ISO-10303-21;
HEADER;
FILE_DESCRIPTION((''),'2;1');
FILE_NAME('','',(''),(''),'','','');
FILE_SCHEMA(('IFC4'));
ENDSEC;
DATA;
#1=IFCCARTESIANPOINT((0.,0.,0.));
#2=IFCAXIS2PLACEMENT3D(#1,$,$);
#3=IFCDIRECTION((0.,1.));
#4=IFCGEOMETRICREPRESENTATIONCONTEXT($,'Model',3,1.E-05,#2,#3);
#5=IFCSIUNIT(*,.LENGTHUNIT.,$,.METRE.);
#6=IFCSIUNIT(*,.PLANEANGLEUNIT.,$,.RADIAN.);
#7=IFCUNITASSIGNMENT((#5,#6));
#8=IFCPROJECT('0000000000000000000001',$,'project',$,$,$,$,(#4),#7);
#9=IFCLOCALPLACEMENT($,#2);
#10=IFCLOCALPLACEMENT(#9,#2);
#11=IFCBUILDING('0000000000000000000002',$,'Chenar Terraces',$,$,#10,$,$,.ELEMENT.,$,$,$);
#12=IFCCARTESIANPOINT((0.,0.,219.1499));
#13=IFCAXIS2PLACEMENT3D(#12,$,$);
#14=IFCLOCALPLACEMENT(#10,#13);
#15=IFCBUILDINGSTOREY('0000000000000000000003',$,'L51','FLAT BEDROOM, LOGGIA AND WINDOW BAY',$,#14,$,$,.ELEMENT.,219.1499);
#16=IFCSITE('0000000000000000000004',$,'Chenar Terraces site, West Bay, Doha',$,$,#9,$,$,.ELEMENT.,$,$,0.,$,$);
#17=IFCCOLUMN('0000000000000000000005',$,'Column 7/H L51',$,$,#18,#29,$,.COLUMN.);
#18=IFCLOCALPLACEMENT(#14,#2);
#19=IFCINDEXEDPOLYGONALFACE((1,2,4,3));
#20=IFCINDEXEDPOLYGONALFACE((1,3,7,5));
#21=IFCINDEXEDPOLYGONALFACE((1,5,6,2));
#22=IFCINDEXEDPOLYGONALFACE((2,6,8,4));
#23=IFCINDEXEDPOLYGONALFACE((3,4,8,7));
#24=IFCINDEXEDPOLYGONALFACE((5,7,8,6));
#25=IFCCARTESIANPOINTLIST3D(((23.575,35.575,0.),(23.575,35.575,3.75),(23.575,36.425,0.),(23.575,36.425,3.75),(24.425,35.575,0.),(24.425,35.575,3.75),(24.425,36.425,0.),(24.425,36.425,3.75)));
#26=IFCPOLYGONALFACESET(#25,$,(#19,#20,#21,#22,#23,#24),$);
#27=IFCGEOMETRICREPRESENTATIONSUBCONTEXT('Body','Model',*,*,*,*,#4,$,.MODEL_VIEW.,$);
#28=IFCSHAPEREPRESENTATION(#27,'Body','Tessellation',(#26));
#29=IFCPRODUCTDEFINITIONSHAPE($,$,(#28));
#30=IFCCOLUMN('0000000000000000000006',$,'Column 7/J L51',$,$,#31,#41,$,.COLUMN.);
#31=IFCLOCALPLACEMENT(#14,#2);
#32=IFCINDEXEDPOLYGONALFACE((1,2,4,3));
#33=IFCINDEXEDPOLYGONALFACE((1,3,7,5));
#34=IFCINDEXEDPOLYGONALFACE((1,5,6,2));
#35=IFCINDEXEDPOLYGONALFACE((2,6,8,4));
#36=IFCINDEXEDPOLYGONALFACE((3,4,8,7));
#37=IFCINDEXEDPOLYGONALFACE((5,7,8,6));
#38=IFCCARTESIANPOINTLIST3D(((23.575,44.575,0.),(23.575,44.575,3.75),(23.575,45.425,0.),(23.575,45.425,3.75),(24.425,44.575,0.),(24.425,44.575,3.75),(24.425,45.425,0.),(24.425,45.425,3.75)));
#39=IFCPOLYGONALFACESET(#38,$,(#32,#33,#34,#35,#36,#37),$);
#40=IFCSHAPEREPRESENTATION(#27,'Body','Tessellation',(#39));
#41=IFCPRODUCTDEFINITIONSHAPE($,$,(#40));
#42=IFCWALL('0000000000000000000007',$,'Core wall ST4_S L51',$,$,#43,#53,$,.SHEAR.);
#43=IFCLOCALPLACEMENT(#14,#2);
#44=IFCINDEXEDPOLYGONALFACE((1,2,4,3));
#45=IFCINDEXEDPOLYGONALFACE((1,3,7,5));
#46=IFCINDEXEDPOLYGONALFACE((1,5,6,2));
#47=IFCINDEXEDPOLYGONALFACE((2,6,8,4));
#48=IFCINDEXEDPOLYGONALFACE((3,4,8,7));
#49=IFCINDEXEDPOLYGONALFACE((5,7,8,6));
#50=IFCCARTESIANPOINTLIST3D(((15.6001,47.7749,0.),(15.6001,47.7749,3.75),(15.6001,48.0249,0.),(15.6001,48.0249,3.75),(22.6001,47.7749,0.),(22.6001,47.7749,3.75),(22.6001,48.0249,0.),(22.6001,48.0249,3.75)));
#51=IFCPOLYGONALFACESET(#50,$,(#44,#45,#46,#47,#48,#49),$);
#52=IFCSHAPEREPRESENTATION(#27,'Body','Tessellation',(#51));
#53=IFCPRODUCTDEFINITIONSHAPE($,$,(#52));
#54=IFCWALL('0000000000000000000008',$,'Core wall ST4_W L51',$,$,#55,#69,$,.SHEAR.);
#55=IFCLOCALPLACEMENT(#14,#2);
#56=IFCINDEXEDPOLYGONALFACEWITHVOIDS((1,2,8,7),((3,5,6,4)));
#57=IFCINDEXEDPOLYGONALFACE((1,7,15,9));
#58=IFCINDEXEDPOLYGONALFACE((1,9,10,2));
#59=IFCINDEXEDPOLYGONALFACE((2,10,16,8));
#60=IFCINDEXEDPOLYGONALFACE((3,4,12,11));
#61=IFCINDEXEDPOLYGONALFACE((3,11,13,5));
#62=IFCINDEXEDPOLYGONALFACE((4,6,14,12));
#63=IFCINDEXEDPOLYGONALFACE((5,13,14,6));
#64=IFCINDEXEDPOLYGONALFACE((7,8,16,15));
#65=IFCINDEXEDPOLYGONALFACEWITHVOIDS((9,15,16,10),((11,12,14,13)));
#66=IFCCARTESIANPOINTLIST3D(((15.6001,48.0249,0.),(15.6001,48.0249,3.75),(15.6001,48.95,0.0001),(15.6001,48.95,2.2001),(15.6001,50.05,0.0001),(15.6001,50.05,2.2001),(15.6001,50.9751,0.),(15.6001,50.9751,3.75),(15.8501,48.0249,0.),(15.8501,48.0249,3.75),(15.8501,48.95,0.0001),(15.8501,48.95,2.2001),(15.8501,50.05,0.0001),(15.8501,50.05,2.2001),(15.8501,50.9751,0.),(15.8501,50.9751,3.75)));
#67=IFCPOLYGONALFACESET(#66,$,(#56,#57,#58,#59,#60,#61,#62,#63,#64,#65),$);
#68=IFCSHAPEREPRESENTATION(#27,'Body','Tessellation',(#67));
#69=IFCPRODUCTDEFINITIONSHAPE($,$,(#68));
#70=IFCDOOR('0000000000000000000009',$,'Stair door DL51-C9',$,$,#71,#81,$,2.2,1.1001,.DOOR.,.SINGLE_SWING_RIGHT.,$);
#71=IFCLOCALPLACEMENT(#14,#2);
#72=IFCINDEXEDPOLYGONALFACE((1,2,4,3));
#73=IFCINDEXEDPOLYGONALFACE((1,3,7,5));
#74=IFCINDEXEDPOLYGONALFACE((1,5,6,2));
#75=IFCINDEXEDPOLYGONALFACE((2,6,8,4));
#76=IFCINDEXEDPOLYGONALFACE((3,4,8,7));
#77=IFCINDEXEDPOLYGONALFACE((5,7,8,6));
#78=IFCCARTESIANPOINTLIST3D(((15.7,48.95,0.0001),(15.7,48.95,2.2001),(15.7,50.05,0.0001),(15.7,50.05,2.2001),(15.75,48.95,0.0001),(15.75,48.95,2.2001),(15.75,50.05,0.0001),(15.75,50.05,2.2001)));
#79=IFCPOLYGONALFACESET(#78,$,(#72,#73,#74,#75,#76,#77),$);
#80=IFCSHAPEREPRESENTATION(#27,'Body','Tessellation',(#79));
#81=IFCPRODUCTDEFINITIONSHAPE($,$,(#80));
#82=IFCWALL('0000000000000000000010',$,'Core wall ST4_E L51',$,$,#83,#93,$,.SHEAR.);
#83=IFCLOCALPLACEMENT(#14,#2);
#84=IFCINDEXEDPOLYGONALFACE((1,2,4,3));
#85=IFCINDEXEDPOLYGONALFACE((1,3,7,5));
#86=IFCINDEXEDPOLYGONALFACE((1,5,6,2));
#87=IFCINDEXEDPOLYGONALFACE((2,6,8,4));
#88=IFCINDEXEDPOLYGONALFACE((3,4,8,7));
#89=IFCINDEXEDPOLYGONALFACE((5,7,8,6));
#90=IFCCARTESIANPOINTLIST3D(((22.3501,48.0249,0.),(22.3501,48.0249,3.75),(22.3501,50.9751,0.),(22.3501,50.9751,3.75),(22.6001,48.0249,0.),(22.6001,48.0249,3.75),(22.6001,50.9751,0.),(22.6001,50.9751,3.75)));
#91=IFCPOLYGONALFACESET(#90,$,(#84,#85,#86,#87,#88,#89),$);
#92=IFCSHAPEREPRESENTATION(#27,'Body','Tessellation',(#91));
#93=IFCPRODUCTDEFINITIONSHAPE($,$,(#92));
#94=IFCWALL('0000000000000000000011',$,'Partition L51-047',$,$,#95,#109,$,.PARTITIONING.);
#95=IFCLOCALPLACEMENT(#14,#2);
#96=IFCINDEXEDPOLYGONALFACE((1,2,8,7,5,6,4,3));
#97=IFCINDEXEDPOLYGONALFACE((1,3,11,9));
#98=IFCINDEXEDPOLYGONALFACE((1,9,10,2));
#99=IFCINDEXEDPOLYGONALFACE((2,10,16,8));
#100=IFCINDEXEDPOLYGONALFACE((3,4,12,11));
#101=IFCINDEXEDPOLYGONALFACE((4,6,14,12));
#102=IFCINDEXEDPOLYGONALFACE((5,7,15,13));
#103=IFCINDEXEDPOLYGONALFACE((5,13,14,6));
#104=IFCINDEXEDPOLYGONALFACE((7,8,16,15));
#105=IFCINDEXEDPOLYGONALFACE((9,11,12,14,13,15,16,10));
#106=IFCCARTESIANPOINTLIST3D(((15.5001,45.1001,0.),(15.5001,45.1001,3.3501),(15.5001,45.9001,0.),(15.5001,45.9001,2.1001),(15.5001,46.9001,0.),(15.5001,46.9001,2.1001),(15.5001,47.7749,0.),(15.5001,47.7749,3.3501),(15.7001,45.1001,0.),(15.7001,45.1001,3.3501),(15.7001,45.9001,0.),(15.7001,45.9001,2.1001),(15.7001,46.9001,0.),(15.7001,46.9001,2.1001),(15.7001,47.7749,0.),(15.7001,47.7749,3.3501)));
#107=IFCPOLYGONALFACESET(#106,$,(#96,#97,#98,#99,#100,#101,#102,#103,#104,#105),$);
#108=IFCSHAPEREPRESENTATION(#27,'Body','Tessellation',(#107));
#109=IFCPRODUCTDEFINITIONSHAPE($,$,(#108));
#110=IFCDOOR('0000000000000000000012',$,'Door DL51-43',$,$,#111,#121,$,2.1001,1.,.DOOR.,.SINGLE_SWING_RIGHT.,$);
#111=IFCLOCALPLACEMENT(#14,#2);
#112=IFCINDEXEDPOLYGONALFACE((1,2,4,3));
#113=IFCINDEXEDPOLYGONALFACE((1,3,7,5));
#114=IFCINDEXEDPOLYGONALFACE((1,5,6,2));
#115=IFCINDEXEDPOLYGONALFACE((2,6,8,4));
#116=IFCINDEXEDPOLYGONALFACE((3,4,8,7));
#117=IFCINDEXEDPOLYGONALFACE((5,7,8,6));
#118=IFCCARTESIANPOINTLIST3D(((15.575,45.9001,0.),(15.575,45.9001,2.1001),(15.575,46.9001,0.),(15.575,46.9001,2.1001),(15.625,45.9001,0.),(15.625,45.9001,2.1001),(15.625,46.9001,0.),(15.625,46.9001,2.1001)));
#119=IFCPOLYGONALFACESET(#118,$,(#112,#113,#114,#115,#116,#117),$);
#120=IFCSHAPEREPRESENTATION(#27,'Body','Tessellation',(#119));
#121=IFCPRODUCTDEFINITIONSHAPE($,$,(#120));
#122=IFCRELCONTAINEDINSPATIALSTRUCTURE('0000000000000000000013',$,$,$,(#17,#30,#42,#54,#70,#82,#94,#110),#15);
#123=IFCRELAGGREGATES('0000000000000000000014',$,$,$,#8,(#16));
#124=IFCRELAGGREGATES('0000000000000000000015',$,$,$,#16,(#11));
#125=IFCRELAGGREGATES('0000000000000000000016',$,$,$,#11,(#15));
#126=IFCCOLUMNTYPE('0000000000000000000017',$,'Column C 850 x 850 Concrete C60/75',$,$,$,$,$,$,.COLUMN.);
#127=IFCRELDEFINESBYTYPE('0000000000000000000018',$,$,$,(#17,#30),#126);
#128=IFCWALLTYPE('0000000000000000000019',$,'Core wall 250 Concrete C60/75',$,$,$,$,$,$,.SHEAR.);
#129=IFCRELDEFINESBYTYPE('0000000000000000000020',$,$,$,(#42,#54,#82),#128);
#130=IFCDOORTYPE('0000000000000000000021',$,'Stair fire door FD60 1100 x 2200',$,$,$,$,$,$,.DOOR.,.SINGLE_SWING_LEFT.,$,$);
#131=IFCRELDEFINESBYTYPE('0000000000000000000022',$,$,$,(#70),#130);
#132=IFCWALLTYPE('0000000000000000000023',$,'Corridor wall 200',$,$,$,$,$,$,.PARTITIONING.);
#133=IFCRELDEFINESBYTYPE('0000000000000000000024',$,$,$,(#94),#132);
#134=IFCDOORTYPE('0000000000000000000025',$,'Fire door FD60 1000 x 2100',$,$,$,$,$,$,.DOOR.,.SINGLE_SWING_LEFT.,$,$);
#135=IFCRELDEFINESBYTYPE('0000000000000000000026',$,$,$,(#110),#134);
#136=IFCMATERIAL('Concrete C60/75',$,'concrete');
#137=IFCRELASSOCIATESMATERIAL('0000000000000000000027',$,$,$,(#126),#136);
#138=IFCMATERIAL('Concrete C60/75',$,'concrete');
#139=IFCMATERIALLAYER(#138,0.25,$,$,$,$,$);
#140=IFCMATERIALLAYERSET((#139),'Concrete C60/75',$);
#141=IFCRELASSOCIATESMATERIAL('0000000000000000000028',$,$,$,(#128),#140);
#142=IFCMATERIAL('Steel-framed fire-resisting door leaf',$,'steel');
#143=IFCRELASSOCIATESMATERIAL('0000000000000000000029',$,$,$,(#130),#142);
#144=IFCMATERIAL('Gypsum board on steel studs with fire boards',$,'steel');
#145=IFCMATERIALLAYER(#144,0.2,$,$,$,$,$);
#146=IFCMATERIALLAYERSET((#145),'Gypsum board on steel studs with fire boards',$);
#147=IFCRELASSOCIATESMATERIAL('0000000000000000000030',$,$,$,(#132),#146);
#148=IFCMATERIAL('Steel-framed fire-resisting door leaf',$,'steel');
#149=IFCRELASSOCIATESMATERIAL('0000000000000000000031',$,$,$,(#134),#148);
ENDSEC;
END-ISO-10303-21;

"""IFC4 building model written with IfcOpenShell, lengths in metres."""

from ifc_helpers import new_model, si_unit, direction, frame, frame_2d, origin, origin_2d, place, context, subcontext, project, spatial, rectangle, extrude, material, layer, layer_set, material_profile, profile_set, type_object, element, fill, save


model = new_model("IFC4")

# Units and contexts
model_context = context("Model", 3, precision=1e-05, world=origin(), true_north=direction((0.0, 1.0)))
body_context = subcontext(model_context, "Body", "Model", "MODEL_VIEW")
ifc_project = project(units=[si_unit("LENGTHUNIT", "METRE"), si_unit("PLANEANGLEUNIT", "RADIAN")], contexts=[model_context])

# Site, building, storey
site_placement = place(None, origin())
site = spatial("IfcSite", under=ifc_project, at=site_placement, Name="Chenar Terraces site, West Bay, Doha", CompositionType="ELEMENT", RefElevation=0.0)
building_placement = place(site_placement, origin())
building = spatial("IfcBuilding", under=site, at=building_placement, Name="Chenar Terraces", CompositionType="ELEMENT")
storey_placement = place(building_placement, frame((0.0, 0.0, 219.1499)))
storey = spatial("IfcBuildingStorey", under=building, at=storey_placement, Name="L51", Description="FLAT BEDROOM, LOGGIA AND WINDOW BAY", CompositionType="ELEMENT", Elevation=219.1499)

# Columns
ifc_material_1 = material(Name="Concrete C60/75", Category="concrete")
ifc_material_profile = material_profile(ifc_material_1, rectangle(XDim=0.8501, YDim=0.8501, at=origin_2d()), Name="C 850 x 850")
ifc_profile_set = profile_set([ifc_material_profile], Name="Concrete C60/75")
column_type = type_object("IfcColumnType", Name="Column C 850 x 850 Concrete C60/75", PredefinedType="COLUMN", material=ifc_profile_set)
for number, where, z_axis, x_axis, name in (
    (1, (24.0, 36.0, 0.0), (0.0, 0.0, 1.0), (1.0, 0.0, 0.0), "Column 7/H L51"),
    (2, (24.0, 45.0, 0.0), (0.0, 0.0, 1.0), (1.0, 0.0, 0.0), "Column 7/J L51"),
):
    element("IfcColumn", number, at=place(storey_placement, frame(where, z_axis=z_axis, x_axis=x_axis)), inside=storey, type_object=column_type, Name=name, PredefinedType="COLUMN", context=body_context, shape_type="SweptSolid", body=[
        extrude(rectangle(XDim=0.8501, YDim=0.8501, at=origin_2d()), origin(), (0.0, 0.0, 1.0), 3.75),
    ])

# Wall
ifc_material_2 = material(Name="Concrete C60/75", Category="concrete")
ifc_layer_1 = layer(ifc_material_2, 0.25)
ifc_layer_set_1 = layer_set([ifc_layer_1], Name="Concrete C60/75")
wall_type_1 = type_object("IfcWallType", Name="Core wall 250 Concrete C60/75", PredefinedType="SHEAR", material=ifc_layer_set_1)
wall_1_placement = place(storey_placement, frame((15.6001, 47.8999, 0.0), z_axis=(0.0, 0.0, 1.0), x_axis=(1.0, 0.0, 0.0)))
element("IfcWall", 3, at=wall_1_placement, inside=storey, type_object=wall_type_1, Name="Core wall ST4_S L51", PredefinedType="SHEAR", context=body_context, shape_type="SweptSolid", body=[
    extrude(rectangle(XDim=7.0, YDim=0.25, at=frame_2d((3.5, 0.0))), origin(), (0.0, 0.0, 1.0), 3.75),
])

# Wall, opening, door
wall_2_placement = place(storey_placement, frame((15.7251, 48.0249, 0.0), z_axis=(0.0, 0.0, 1.0), x_axis=(0.0, 1.0, 0.0)))
wall_2 = element("IfcWall", 4, at=wall_2_placement, inside=storey, type_object=wall_type_1, Name="Core wall ST4_W L51", PredefinedType="SHEAR", context=body_context, shape_type="SweptSolid", body=[
    extrude(rectangle(XDim=2.9502, YDim=0.25, at=frame_2d((1.4751, 0.0))), origin(), (0.0, 0.0, 1.0), 3.75),
])
opening_1_placement = place(wall_2_placement, frame((0.925, 0.0, 0.0)))
opening_1 = element("IfcOpeningElement", 5, at=opening_1_placement, cuts=wall_2, PredefinedType="OPENING", context=body_context, shape_type="SweptSolid", body=[
    extrude(rectangle(XDim=1.1001, YDim=2.2, at=frame_2d((0.55, 1.1001))), frame((0.0, 0.135, 0.0), z_axis=(0.0, -1.0, 0.0), x_axis=(1.0, 0.0, 0.0)), (0.0, 0.0, 1.0), 0.27),
])
ifc_material_3 = material(Name="Steel-framed fire-resisting door leaf", Category="steel")
door_type_1 = type_object("IfcDoorType", Name="Stair fire door FD60 1100 x 2200", OperationType="SINGLE_SWING_LEFT", PredefinedType="DOOR", material=ifc_material_3)
door_1_placement = place(opening_1_placement, frame((1.1001, 0.0, 0.0), z_axis=(0.0, 0.0, 1.0), x_axis=(-1.0, 0.0, 0.0)))
door_1 = element("IfcDoor", 6, at=door_1_placement, inside=storey, type_object=door_type_1, Name="Stair door DL51-C9", OperationType="SINGLE_SWING_RIGHT", OverallHeight=2.2, OverallWidth=1.1001, PredefinedType="DOOR", context=body_context, shape_type="SweptSolid", body=[
    extrude(rectangle(XDim=1.1001, YDim=2.2, at=frame_2d((0.55, 1.1001))), frame((0.0, 0.0249, 0.0), z_axis=(0.0, -1.0, 0.0), x_axis=(1.0, 0.0, 0.0)), (0.0, 0.0, 1.0), 0.05),
])
fill(opening_1, door_1)

# Wall
wall_3_placement = place(storey_placement, frame((22.4751, 48.0249, 0.0), z_axis=(0.0, 0.0, 1.0), x_axis=(0.0, 1.0, 0.0)))
element("IfcWall", 7, at=wall_3_placement, inside=storey, type_object=wall_type_1, Name="Core wall ST4_E L51", PredefinedType="SHEAR", context=body_context, shape_type="SweptSolid", body=[
    extrude(rectangle(XDim=2.9502, YDim=0.25, at=frame_2d((1.4751, 0.0))), origin(), (0.0, 0.0, 1.0), 3.75),
])

# Wall, opening, door
ifc_material_4 = material(Name="Gypsum board on steel studs with fire boards", Category="steel")
ifc_layer_2 = layer(ifc_material_4, 0.2)
ifc_layer_set_2 = layer_set([ifc_layer_2], Name="Gypsum board on steel studs with fire boards")
wall_type_2 = type_object("IfcWallType", Name="Corridor wall 200", PredefinedType="PARTITIONING", material=ifc_layer_set_2)
wall_4_placement = place(storey_placement, frame((15.6001, 45.1001, 0.0), z_axis=(0.0, 0.0, 1.0), x_axis=(0.0, 1.0, 0.0)))
wall_4 = element("IfcWall", 8, at=wall_4_placement, inside=storey, type_object=wall_type_2, Name="Partition L51-047", PredefinedType="PARTITIONING", context=body_context, shape_type="SweptSolid", body=[
    extrude(rectangle(XDim=2.6748, YDim=0.2, at=frame_2d((1.3374, 0.0))), origin(), (0.0, 0.0, 1.0), 3.3501),
])
opening_2_placement = place(wall_4_placement, frame((0.8, 0.0, 0.0)))
opening_2 = element("IfcOpeningElement", 9, at=opening_2_placement, cuts=wall_4, PredefinedType="OPENING", context=body_context, shape_type="SweptSolid", body=[
    extrude(rectangle(XDim=1.0, YDim=2.1001, at=frame_2d((0.5, 1.05))), frame((0.0, 0.1099, 0.0), z_axis=(0.0, -1.0, 0.0), x_axis=(1.0, 0.0, 0.0)), (0.0, 0.0, 1.0), 0.22),
])
ifc_material_5 = material(Name="Steel-framed fire-resisting door leaf", Category="steel")
door_type_2 = type_object("IfcDoorType", Name="Fire door FD60 1000 x 2100", OperationType="SINGLE_SWING_LEFT", PredefinedType="DOOR", material=ifc_material_5)
door_2_placement = place(opening_2_placement, frame((1.0, 0.0, 0.0), z_axis=(0.0, 0.0, 1.0), x_axis=(-1.0, 0.0, 0.0)))
door_2 = element("IfcDoor", 10, at=door_2_placement, inside=storey, type_object=door_type_2, Name="Door DL51-43", OperationType="SINGLE_SWING_RIGHT", OverallHeight=2.1001, OverallWidth=1.0, PredefinedType="DOOR", context=body_context, shape_type="SweptSolid", body=[
    extrude(rectangle(XDim=1.0, YDim=2.1001, at=frame_2d((0.5, 1.05))), frame((0.0, 0.0249, 0.0), z_axis=(0.0, -1.0, 0.0), x_axis=(1.0, 0.0, 0.0)), (0.0, 0.0, 1.0), 0.05),
])
fill(opening_2, door_2)

save(model, "model.ifc")
